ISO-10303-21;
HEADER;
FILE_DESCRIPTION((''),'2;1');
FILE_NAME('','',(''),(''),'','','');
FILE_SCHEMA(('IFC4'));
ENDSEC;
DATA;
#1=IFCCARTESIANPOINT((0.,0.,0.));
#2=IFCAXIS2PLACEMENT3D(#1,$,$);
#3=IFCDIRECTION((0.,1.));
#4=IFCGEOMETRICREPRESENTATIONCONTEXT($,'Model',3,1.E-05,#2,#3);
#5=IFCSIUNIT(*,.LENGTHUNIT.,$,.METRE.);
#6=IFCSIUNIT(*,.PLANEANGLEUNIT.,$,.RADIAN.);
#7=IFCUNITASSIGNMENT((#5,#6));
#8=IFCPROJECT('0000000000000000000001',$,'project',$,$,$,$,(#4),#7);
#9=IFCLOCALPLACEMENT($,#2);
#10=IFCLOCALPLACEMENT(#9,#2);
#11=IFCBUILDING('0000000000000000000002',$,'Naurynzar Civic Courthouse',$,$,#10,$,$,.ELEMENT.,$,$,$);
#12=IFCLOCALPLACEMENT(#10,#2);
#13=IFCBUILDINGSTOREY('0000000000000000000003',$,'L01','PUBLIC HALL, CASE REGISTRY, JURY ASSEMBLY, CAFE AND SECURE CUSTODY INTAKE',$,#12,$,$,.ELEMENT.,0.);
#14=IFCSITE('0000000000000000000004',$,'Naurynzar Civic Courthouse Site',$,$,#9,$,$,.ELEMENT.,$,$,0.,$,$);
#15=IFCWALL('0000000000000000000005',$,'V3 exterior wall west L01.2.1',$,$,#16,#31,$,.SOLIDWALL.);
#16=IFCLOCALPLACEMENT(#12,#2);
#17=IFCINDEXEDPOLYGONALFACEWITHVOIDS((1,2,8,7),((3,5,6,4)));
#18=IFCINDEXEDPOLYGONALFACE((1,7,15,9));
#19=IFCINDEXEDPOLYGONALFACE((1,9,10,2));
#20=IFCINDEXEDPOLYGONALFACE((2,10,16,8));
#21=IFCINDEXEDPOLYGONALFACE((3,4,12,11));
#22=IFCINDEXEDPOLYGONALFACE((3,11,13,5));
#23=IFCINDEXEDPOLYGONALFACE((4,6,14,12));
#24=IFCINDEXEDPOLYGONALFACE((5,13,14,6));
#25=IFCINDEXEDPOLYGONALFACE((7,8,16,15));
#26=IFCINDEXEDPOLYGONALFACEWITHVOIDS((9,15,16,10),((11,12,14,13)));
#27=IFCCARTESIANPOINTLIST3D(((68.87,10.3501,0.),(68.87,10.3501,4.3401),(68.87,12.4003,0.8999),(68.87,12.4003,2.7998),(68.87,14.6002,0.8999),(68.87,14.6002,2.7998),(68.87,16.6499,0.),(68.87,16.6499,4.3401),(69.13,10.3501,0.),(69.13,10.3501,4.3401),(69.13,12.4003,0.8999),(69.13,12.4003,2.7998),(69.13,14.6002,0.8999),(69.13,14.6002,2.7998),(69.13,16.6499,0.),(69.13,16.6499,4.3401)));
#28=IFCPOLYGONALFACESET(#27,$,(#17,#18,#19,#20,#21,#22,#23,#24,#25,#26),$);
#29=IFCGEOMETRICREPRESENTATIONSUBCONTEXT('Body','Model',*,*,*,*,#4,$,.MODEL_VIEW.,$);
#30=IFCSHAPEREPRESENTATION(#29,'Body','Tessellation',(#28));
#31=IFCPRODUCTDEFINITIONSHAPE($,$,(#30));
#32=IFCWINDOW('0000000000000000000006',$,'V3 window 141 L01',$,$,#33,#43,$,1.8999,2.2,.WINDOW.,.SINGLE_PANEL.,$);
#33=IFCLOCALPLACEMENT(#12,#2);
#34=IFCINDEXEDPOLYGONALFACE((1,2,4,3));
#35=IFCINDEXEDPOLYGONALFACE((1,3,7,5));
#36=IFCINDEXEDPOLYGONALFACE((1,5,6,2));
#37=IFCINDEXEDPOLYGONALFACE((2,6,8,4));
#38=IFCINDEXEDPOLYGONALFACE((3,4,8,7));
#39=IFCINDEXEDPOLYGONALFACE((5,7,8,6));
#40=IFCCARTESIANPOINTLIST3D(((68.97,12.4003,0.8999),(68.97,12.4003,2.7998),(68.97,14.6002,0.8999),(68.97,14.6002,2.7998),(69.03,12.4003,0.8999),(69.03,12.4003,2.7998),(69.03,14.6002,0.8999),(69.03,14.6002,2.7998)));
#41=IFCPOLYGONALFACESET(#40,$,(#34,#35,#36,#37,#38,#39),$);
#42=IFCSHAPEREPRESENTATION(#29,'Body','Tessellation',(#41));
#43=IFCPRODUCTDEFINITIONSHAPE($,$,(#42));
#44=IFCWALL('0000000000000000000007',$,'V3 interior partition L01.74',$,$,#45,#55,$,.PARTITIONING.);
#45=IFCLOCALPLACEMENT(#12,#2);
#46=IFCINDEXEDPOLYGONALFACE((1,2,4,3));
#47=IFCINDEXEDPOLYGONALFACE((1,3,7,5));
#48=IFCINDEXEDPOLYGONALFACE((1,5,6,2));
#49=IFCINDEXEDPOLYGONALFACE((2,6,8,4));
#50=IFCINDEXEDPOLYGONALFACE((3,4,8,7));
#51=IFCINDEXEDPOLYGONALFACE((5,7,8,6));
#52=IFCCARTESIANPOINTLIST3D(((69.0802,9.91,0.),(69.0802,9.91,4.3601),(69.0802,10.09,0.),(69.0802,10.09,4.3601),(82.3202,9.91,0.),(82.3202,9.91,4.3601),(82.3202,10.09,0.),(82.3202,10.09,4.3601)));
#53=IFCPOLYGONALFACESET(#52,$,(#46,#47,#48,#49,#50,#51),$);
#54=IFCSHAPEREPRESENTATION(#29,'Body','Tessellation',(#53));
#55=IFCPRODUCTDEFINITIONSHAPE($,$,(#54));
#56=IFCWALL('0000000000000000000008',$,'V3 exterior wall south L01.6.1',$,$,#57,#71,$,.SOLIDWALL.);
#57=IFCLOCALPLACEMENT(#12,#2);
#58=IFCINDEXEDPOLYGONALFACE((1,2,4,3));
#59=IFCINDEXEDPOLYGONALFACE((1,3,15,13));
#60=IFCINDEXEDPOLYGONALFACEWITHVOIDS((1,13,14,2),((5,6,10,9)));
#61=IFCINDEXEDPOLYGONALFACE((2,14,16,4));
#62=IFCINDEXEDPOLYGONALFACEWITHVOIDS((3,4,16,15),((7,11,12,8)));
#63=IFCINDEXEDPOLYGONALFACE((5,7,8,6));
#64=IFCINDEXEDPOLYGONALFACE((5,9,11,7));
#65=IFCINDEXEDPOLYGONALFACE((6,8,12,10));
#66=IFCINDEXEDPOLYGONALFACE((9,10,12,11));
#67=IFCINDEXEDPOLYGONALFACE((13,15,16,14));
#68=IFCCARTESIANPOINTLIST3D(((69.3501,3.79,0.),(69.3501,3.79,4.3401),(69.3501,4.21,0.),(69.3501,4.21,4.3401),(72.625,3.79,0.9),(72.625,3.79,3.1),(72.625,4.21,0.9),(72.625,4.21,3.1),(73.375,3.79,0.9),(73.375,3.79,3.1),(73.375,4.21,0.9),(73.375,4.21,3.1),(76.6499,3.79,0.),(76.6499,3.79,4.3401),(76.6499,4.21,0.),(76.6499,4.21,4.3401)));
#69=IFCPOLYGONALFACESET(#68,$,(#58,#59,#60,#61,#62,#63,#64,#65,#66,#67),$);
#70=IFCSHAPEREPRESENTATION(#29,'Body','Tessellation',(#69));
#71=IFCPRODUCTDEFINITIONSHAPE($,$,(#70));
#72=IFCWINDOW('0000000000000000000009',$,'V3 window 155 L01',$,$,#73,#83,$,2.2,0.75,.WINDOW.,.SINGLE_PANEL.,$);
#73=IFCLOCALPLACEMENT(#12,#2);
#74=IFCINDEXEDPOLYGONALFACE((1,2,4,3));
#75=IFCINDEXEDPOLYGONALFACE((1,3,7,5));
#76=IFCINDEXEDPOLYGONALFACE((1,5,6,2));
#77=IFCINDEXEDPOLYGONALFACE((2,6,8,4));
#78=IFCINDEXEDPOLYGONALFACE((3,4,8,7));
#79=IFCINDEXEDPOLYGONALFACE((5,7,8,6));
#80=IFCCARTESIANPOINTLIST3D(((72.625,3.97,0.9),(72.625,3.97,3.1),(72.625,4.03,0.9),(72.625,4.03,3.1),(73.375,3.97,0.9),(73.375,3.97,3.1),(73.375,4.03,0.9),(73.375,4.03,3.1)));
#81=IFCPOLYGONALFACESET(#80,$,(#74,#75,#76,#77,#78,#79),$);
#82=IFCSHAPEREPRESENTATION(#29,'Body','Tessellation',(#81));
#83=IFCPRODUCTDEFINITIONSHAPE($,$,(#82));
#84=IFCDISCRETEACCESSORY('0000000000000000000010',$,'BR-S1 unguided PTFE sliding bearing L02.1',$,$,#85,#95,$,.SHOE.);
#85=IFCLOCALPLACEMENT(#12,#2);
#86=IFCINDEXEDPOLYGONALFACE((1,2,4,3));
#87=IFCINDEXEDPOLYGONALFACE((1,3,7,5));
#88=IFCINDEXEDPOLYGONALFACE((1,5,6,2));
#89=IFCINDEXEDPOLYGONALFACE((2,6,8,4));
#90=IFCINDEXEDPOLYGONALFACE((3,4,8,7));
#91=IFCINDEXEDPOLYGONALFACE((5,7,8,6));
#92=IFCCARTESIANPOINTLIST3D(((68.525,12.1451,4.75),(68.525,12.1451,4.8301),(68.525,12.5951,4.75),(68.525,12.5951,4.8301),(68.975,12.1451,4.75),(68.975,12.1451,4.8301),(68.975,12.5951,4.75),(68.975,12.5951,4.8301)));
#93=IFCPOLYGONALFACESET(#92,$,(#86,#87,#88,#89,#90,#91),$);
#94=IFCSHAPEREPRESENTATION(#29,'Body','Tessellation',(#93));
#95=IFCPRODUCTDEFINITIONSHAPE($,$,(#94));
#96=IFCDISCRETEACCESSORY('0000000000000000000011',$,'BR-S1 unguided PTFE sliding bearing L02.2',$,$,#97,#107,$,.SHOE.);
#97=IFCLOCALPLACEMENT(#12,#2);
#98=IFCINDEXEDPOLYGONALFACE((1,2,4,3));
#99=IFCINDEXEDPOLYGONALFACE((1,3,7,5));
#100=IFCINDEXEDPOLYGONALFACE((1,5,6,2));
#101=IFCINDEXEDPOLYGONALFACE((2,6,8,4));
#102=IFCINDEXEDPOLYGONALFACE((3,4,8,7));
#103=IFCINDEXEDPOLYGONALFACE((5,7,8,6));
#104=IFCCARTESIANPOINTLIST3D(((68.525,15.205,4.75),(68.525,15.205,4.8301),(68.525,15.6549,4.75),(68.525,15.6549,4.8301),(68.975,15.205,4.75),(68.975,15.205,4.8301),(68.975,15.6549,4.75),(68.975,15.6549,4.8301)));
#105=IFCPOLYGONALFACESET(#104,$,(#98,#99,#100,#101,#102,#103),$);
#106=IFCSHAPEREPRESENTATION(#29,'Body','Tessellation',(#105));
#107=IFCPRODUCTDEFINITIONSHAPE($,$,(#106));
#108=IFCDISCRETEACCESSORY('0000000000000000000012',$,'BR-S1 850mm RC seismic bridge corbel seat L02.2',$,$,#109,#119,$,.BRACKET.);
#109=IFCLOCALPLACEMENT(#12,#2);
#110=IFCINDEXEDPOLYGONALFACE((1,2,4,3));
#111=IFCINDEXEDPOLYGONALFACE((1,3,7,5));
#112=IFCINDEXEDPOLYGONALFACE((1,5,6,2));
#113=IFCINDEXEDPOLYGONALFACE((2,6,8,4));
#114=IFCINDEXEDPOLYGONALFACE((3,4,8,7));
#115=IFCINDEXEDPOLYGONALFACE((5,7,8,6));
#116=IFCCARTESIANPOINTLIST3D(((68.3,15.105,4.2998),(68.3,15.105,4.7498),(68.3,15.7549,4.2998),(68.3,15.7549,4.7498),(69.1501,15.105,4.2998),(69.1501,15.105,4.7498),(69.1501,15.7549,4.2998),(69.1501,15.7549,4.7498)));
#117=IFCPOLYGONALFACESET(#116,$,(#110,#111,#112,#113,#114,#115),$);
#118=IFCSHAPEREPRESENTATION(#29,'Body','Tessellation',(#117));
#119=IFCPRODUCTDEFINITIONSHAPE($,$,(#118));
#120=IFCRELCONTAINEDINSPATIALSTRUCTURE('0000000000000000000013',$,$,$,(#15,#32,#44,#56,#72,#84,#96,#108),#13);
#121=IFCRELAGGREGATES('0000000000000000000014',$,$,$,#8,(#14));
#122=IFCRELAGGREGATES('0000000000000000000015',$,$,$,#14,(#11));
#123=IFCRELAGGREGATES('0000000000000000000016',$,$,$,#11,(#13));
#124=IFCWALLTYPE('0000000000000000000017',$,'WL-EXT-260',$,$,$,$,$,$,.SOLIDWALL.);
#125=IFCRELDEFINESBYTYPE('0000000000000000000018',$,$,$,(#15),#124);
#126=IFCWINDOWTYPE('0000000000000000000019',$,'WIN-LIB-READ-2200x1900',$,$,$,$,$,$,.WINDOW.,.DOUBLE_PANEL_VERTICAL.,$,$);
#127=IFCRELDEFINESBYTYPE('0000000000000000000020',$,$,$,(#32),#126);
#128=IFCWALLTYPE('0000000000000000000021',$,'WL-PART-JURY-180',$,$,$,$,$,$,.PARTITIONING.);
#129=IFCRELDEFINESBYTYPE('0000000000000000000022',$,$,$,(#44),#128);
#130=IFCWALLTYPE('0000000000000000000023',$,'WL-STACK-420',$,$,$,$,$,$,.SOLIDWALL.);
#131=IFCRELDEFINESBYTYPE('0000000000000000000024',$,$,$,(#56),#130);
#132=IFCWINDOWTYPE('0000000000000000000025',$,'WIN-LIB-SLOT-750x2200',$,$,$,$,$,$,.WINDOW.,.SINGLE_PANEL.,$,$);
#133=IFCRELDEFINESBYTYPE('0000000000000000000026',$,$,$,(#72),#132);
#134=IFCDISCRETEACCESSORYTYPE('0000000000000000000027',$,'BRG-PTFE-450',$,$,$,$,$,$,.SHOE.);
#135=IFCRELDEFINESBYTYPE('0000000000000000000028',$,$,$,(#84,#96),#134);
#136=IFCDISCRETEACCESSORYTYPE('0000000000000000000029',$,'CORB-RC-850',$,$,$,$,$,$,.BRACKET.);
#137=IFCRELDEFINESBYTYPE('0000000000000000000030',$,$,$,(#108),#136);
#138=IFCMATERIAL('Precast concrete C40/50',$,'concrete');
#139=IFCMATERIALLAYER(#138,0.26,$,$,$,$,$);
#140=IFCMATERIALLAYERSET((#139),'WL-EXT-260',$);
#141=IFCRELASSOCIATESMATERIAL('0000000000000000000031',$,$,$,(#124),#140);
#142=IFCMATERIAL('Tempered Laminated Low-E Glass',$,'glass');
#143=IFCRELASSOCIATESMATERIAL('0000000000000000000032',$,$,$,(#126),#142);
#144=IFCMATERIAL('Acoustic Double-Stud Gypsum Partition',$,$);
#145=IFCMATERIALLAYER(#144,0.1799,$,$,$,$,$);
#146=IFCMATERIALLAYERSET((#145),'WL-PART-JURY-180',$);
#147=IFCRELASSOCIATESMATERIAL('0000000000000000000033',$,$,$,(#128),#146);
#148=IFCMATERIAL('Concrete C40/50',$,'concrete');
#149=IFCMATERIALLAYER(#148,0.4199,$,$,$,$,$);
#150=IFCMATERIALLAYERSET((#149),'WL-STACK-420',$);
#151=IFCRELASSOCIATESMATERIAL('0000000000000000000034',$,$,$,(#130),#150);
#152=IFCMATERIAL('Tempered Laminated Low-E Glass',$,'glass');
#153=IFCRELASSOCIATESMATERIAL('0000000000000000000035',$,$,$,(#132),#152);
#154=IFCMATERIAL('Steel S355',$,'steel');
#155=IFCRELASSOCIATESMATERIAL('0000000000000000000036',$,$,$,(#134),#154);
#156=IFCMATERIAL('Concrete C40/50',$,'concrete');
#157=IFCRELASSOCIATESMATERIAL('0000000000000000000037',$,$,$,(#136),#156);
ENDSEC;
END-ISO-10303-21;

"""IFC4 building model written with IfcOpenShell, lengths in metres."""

from ifc_helpers import new_model, si_unit, direction, frame, frame_2d, origin, origin_2d, place, context, subcontext, project, spatial, rectangle, extrude, material, layer, layer_set, type_object, element, fill, save


model = new_model("IFC4")

# Units and contexts
model_context = context("Model", 3, precision=1e-05, world=origin(), true_north=direction((0.0, 1.0)))
body_context = subcontext(model_context, "Body", "Model", "MODEL_VIEW")
ifc_project = project(units=[si_unit("LENGTHUNIT", "METRE"), si_unit("PLANEANGLEUNIT", "RADIAN")], contexts=[model_context])

# Site, building, storey
site_placement = place(None, origin())
site = spatial("IfcSite", under=ifc_project, at=site_placement, Name="Naurynzar Civic Courthouse Site", CompositionType="ELEMENT", RefElevation=0.0)
building_placement = place(site_placement, origin())
building = spatial("IfcBuilding", under=site, at=building_placement, Name="Naurynzar Civic Courthouse", CompositionType="ELEMENT")
storey_placement = place(building_placement, origin())
storey = spatial("IfcBuildingStorey", under=building, at=storey_placement, Name="L01", Description="PUBLIC HALL, CASE REGISTRY, JURY ASSEMBLY, CAFE AND SECURE CUSTODY INTAKE", CompositionType="ELEMENT", Elevation=0.0)

# Wall, opening, window
ifc_material_1 = material(Name="Precast concrete C40/50", Category="concrete")
ifc_layer_1 = layer(ifc_material_1, 0.26)
ifc_layer_set_1 = layer_set([ifc_layer_1], Name="WL-EXT-260")
wall_type_1 = type_object("IfcWallType", Name="WL-EXT-260", PredefinedType="SOLIDWALL", material=ifc_layer_set_1)
wall_1_placement = place(storey_placement, frame((69.0, 10.3501, 0.0), z_axis=(0.0, 0.0, 1.0), x_axis=(0.0, 1.0, 0.0)))
wall_1 = element("IfcWall", 1, at=wall_1_placement, inside=storey, type_object=wall_type_1, Name="V3 exterior wall west L01.2.1", PredefinedType="SOLIDWALL", context=body_context, shape_type="SweptSolid", body=[
    extrude(rectangle(XDim=6.2998, YDim=0.26, at=frame_2d((3.1499, 0.0))), origin(), (0.0, 0.0, 1.0), 4.3401),
])
opening_1_placement = place(wall_1_placement, frame((2.05, 0.0, 0.8999)))
opening_1 = element("IfcOpeningElement", 2, at=opening_1_placement, cuts=wall_1, PredefinedType="OPENING", context=body_context, shape_type="SweptSolid", body=[
    extrude(rectangle(XDim=2.2, YDim=1.8999, at=frame_2d((1.1001, 0.95))), frame((0.0, 0.1399, 0.0), z_axis=(0.0, -1.0, 0.0), x_axis=(1.0, 0.0, 0.0)), (0.0, 0.0, 1.0), 0.28),
])
ifc_material_2 = material(Name="Tempered Laminated Low-E Glass", Category="glass")
window_type_1 = type_object("IfcWindowType", Name="WIN-LIB-READ-2200x1900", PartitioningType="DOUBLE_PANEL_VERTICAL", PredefinedType="WINDOW", material=ifc_material_2)
window_1_placement = place(opening_1_placement, origin())
window_1 = element("IfcWindow", 3, at=window_1_placement, inside=storey, type_object=window_type_1, Name="V3 window 141 L01", OverallHeight=1.8999, OverallWidth=2.2, PartitioningType="SINGLE_PANEL", PredefinedType="WINDOW", context=body_context, shape_type="SweptSolid", body=[
    extrude(rectangle(XDim=2.2, YDim=1.8999, at=frame_2d((1.1001, 0.95))), frame((0.0, 0.03, 0.0), z_axis=(0.0, -1.0, 0.0), x_axis=(1.0, 0.0, 0.0)), (0.0, 0.0, 1.0), 0.0601),
])
fill(opening_1, window_1)

# Wall
ifc_material_3 = material(Name="Acoustic Double-Stud Gypsum Partition")
ifc_layer_2 = layer(ifc_material_3, 0.1799)
ifc_layer_set_2 = layer_set([ifc_layer_2], Name="WL-PART-JURY-180")
wall_type_2 = type_object("IfcWallType", Name="WL-PART-JURY-180", PredefinedType="PARTITIONING", material=ifc_layer_set_2)
wall_2_placement = place(storey_placement, frame((69.0801, 10.0, 0.0), z_axis=(0.0, 0.0, 1.0), x_axis=(1.0, 0.0, 0.0)))
element("IfcWall", 4, at=wall_2_placement, inside=storey, type_object=wall_type_2, Name="V3 interior partition L01.74", PredefinedType="PARTITIONING", context=body_context, shape_type="SweptSolid", body=[
    extrude(rectangle(XDim=13.24, YDim=0.1799, at=frame_2d((6.6201, 0.0))), origin(), (0.0, 0.0, 1.0), 4.3601),
])

# Wall, opening, window
ifc_material_4 = material(Name="Concrete C40/50", Category="concrete")
ifc_layer_3 = layer(ifc_material_4, 0.4199)
ifc_layer_set_3 = layer_set([ifc_layer_3], Name="WL-STACK-420")
wall_type_3 = type_object("IfcWallType", Name="WL-STACK-420", PredefinedType="SOLIDWALL", material=ifc_layer_set_3)
wall_3_placement = place(storey_placement, frame((76.6499, 4.0, 0.0), z_axis=(0.0, 0.0, 1.0), x_axis=(-1.0, 0.0, 0.0)))
wall_3 = element("IfcWall", 5, at=wall_3_placement, inside=storey, type_object=wall_type_3, Name="V3 exterior wall south L01.6.1", PredefinedType="SOLIDWALL", context=body_context, shape_type="SweptSolid", body=[
    extrude(rectangle(XDim=7.2998, YDim=0.4199, at=frame_2d((3.6499, 0.0))), origin(), (0.0, 0.0, 1.0), 4.3401),
])
opening_2_placement = place(wall_3_placement, frame((3.2749, 0.0, 0.8999)))
opening_2 = element("IfcOpeningElement", 6, at=opening_2_placement, cuts=wall_3, PredefinedType="OPENING", context=body_context, shape_type="SweptSolid", body=[
    extrude(rectangle(XDim=0.75, YDim=2.2, at=frame_2d((0.375, 1.1001))), frame((0.0, 0.22, 0.0), z_axis=(0.0, -1.0, 0.0), x_axis=(1.0, 0.0, 0.0)), (0.0, 0.0, 1.0), 0.4399),
])
ifc_material_5 = material(Name="Tempered Laminated Low-E Glass", Category="glass")
window_type_2 = type_object("IfcWindowType", Name="WIN-LIB-SLOT-750x2200", PartitioningType="SINGLE_PANEL", PredefinedType="WINDOW", material=ifc_material_5)
window_2_placement = place(opening_2_placement, origin())
window_2 = element("IfcWindow", 7, at=window_2_placement, inside=storey, type_object=window_type_2, Name="V3 window 155 L01", OverallHeight=2.2, OverallWidth=0.75, PartitioningType="SINGLE_PANEL", PredefinedType="WINDOW", context=body_context, shape_type="SweptSolid", body=[
    extrude(rectangle(XDim=0.75, YDim=2.2, at=frame_2d((0.375, 1.1001))), frame((0.0, 0.03, 0.0), z_axis=(0.0, -1.0, 0.0), x_axis=(1.0, 0.0, 0.0)), (0.0, 0.0, 1.0), 0.0601),
])
fill(opening_2, window_2)

# Discrete accessories
ifc_material_6 = material(Name="Steel S355", Category="steel")
discrete_accessory_type_1 = type_object("IfcDiscreteAccessoryType", Name="BRG-PTFE-450", PredefinedType="SHOE", material=ifc_material_6)
for number, where, z_axis, x_axis, name in (
    (8, (68.75, 12.3701, 4.75), (0.0, 0.0, 1.0), (1.0, 0.0, 0.0), "BR-S1 unguided PTFE sliding bearing L02.1"),
    (9, (68.75, 15.4299, 4.75), (0.0, 0.0, 1.0), (1.0, 0.0, 0.0), "BR-S1 unguided PTFE sliding bearing L02.2"),
):
    element("IfcDiscreteAccessory", number, at=place(storey_placement, frame(where, z_axis=z_axis, x_axis=x_axis)), inside=storey, type_object=discrete_accessory_type_1, Name=name, PredefinedType="SHOE", context=body_context, shape_type="SweptSolid", body=[
        extrude(rectangle(XDim=0.45, YDim=0.45, at=origin_2d()), origin(), (0.0, 0.0, 1.0), 0.0801),
    ])
ifc_material_7 = material(Name="Concrete C40/50", Category="concrete")
discrete_accessory_type_2 = type_object("IfcDiscreteAccessoryType", Name="CORB-RC-850", PredefinedType="BRACKET", material=ifc_material_7)
discrete_accessory_placement = place(storey_placement, frame((68.7251, 15.4299, 4.2998), z_axis=(0.0, 0.0, 1.0), x_axis=(1.0, 0.0, 0.0)))
element("IfcDiscreteAccessory", 10, at=discrete_accessory_placement, inside=storey, type_object=discrete_accessory_type_2, Name="BR-S1 850mm RC seismic bridge corbel seat L02.2", PredefinedType="BRACKET", context=body_context, shape_type="SweptSolid", body=[
    extrude(rectangle(XDim=0.8501, YDim=0.6499, at=origin_2d()), origin(), (0.0, 0.0, 1.0), 0.45),
])

save(model, "model.ifc")
